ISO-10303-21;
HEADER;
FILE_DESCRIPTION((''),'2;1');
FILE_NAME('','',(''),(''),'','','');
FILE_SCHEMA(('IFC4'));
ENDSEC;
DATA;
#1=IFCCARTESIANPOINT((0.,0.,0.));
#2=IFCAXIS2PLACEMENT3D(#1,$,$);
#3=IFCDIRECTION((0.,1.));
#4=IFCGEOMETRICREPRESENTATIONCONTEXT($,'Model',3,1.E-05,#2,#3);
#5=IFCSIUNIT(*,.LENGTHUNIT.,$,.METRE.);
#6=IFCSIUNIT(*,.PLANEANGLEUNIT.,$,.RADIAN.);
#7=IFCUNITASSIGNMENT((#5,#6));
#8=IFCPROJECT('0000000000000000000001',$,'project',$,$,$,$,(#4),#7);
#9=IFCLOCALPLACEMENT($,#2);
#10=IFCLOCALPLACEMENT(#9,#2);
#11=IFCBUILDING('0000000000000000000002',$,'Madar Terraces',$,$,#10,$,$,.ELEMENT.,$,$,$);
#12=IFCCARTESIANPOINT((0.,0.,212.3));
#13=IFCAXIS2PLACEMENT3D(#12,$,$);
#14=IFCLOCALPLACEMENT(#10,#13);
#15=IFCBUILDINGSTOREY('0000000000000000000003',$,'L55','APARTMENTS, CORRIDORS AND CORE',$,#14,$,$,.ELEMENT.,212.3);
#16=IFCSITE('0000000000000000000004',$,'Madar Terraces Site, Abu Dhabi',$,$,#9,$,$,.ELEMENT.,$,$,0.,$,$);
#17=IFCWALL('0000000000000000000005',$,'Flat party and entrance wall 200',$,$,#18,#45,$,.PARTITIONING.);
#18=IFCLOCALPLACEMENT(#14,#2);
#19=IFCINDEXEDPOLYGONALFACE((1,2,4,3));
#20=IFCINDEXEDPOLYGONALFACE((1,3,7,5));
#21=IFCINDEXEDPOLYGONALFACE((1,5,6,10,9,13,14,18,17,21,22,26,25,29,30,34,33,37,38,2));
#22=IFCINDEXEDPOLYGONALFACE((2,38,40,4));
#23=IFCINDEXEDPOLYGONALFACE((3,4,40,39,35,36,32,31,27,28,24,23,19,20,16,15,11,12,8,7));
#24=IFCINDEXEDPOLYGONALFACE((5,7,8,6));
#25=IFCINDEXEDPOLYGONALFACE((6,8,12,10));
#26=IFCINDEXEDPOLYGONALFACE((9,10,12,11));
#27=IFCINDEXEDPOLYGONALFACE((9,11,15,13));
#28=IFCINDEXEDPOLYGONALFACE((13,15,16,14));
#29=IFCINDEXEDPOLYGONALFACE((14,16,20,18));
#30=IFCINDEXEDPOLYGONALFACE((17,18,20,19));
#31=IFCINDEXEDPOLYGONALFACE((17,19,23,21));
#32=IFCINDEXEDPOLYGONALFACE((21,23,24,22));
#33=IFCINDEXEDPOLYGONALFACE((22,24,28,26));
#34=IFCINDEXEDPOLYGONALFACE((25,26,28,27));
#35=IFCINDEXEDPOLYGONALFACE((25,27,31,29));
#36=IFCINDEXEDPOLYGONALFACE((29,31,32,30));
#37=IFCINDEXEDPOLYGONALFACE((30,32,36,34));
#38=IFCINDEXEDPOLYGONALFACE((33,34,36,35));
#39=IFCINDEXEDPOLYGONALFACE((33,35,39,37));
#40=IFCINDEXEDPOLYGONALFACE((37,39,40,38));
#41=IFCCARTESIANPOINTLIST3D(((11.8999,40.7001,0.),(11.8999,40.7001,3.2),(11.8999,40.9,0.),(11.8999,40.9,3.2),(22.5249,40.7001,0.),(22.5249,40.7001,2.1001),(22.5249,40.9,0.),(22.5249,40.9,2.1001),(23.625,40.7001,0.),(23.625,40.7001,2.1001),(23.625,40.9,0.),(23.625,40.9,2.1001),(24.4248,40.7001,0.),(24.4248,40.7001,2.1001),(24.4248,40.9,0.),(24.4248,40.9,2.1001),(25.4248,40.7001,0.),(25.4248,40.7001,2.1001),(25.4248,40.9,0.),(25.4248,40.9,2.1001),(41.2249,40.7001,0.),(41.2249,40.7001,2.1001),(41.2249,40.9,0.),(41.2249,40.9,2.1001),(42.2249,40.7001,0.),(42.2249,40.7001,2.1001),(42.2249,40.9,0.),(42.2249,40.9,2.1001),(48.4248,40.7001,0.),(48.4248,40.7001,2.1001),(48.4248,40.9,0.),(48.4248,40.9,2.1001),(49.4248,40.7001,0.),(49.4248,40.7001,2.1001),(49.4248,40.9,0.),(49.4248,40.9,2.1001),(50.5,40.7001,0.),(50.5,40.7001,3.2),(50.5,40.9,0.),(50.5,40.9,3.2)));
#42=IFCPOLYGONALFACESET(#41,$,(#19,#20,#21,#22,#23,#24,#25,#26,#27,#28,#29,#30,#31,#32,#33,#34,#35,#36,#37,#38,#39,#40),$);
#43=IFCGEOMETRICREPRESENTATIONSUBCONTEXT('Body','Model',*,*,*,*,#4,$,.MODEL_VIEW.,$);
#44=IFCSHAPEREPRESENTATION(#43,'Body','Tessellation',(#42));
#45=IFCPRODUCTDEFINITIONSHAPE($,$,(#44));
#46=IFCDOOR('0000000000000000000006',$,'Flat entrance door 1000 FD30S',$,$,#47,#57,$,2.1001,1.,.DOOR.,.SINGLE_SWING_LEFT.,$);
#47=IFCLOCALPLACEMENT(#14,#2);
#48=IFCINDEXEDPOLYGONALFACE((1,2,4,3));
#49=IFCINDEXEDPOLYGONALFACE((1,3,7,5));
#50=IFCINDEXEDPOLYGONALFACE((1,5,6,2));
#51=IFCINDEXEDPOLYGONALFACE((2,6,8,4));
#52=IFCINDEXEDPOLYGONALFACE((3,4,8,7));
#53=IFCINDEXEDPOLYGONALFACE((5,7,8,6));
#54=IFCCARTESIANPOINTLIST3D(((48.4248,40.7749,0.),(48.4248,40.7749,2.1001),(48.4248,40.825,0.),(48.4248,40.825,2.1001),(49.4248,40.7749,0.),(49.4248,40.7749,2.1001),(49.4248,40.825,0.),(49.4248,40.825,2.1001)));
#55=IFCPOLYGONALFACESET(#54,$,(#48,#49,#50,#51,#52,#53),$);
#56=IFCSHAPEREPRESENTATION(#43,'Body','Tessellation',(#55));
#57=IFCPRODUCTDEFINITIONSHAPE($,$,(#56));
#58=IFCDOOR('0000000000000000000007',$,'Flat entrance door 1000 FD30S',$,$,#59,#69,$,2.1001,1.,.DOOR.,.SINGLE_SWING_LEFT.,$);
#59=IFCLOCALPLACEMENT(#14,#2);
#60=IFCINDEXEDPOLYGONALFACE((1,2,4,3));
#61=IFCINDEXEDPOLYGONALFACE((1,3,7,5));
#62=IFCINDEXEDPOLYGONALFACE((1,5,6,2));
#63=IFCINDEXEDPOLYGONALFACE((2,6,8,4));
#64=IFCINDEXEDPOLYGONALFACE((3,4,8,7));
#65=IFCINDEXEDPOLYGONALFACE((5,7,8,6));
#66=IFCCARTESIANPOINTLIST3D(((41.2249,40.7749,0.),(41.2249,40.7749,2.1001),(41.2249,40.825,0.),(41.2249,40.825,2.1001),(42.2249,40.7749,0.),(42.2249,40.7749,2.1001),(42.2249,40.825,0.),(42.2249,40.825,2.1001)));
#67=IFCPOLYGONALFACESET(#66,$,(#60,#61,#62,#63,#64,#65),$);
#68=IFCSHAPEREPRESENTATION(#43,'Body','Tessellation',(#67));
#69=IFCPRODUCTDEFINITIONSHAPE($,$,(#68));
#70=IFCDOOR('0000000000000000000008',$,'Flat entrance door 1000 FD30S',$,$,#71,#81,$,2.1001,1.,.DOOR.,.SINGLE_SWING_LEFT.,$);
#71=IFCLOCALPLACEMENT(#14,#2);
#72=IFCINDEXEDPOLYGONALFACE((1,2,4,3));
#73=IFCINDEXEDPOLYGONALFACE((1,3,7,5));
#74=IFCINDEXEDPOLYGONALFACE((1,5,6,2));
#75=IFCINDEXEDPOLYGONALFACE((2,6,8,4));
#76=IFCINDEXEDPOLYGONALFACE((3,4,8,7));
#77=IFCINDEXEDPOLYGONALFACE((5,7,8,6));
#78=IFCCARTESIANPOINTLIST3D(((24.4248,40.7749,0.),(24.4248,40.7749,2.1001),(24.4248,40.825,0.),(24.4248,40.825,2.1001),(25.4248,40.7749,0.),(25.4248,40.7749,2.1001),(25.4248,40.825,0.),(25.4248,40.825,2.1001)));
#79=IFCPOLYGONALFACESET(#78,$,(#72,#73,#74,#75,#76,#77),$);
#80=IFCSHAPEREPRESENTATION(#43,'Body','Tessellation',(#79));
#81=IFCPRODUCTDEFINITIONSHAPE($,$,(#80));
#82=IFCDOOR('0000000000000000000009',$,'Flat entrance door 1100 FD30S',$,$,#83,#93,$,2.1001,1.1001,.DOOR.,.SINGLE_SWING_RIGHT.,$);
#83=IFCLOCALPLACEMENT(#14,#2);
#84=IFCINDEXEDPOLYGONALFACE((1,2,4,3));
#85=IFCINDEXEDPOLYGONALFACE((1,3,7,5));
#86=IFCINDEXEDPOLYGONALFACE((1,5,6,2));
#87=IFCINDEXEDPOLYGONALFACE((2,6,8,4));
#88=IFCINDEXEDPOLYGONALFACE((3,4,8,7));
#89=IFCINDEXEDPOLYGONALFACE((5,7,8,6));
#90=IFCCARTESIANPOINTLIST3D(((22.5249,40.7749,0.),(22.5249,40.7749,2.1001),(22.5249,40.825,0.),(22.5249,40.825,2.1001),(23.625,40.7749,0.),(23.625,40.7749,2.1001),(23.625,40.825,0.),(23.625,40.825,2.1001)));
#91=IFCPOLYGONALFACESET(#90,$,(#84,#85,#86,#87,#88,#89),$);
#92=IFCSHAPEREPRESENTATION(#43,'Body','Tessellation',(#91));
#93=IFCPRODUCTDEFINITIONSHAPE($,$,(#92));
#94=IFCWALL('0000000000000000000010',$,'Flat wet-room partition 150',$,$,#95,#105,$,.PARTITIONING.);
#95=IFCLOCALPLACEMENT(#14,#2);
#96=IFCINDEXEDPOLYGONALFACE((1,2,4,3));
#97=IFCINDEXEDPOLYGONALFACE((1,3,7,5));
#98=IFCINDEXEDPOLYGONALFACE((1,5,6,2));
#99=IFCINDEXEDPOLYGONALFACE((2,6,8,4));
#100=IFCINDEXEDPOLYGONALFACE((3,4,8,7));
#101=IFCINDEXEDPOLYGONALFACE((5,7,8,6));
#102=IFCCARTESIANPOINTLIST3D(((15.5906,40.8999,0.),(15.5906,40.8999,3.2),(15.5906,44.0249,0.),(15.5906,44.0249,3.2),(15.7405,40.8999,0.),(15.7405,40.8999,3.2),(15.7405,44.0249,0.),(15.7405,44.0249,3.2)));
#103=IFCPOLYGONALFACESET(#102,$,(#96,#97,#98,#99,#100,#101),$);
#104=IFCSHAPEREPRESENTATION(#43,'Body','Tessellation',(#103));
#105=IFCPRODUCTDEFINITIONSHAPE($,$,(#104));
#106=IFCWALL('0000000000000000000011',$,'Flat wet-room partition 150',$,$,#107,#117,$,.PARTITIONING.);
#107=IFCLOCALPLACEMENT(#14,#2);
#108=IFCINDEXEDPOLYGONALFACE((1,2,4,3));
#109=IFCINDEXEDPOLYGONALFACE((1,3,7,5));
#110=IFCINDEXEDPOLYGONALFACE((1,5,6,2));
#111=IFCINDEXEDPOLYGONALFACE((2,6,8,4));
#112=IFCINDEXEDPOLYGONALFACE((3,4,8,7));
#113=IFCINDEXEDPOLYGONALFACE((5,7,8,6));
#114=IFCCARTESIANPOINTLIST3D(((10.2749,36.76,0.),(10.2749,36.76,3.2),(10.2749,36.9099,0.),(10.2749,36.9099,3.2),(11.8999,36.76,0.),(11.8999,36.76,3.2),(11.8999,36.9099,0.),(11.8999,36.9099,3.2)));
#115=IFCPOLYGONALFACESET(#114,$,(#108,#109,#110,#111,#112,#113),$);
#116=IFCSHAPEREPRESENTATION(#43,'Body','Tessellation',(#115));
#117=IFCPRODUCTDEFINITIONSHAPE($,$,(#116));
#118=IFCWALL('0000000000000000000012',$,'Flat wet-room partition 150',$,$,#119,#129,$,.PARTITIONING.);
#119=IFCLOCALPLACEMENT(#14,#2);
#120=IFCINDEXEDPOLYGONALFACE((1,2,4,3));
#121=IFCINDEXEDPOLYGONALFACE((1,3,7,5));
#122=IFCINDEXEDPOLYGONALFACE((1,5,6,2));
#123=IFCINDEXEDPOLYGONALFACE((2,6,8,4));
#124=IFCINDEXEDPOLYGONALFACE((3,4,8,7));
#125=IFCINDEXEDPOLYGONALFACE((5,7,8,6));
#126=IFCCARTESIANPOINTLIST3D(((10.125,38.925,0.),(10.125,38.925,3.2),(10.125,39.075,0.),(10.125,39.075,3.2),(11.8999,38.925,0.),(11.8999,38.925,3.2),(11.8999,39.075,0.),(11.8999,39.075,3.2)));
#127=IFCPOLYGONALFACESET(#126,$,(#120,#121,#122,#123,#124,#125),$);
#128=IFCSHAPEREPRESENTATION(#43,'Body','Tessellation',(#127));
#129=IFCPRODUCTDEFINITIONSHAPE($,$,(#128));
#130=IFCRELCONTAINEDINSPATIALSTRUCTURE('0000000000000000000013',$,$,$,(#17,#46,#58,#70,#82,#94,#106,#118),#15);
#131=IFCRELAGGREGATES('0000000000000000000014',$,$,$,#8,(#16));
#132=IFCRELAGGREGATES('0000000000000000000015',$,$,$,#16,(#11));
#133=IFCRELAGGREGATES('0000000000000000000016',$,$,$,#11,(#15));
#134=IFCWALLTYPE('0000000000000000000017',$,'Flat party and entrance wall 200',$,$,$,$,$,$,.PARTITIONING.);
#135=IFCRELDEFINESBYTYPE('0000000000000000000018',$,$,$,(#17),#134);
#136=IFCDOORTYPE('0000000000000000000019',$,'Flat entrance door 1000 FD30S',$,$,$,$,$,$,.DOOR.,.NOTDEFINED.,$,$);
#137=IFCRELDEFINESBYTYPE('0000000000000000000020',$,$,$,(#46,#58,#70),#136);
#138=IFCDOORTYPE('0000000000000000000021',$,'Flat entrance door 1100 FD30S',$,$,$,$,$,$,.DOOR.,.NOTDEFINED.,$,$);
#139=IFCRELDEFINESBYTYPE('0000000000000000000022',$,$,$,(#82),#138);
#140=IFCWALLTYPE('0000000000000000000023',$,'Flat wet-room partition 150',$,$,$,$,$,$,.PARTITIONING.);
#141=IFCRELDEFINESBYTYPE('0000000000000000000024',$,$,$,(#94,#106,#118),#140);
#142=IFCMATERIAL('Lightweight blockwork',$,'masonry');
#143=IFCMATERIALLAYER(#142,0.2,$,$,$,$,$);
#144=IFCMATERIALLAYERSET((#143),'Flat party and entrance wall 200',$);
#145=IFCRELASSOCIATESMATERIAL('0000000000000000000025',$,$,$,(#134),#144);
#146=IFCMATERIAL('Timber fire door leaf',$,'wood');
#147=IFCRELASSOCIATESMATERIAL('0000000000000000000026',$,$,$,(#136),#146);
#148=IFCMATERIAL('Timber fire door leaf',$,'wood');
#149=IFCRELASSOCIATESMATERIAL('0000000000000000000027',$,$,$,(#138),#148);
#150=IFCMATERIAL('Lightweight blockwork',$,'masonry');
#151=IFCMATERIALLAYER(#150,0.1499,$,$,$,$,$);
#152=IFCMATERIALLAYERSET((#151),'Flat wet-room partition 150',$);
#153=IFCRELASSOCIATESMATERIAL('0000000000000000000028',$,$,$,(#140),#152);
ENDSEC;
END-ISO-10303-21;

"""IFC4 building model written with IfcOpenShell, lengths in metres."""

from ifc_helpers import new_model, si_unit, direction, frame, frame_2d, origin, place, context, subcontext, project, spatial, rectangle, extrude, material, layer, layer_set, type_object, element, fill, save


model = new_model("IFC4")

# Units and contexts
model_context = context("Model", 3, precision=1e-05, world=origin(), true_north=direction((0.0, 1.0)))
body_context = subcontext(model_context, "Body", "Model", "MODEL_VIEW")
ifc_project = project(units=[si_unit("LENGTHUNIT", "METRE"), si_unit("PLANEANGLEUNIT", "RADIAN")], contexts=[model_context])

# Site, building, storey
site_placement = place(None, origin())
site = spatial("IfcSite", under=ifc_project, at=site_placement, Name="Madar Terraces Site, Abu Dhabi", CompositionType="ELEMENT", RefElevation=0.0)
building_placement = place(site_placement, origin())
building = spatial("IfcBuilding", under=site, at=building_placement, Name="Madar Terraces", CompositionType="ELEMENT")
storey_placement = place(building_placement, frame((0.0, 0.0, 212.3)))
storey = spatial("IfcBuildingStorey", under=building, at=storey_placement, Name="L55", Description="APARTMENTS, CORRIDORS AND CORE", CompositionType="ELEMENT", Elevation=212.3)

# Wall, openings, doors
ifc_material_1 = material(Name="Lightweight blockwork", Category="masonry")
ifc_layer_1 = layer(ifc_material_1, 0.2)
ifc_layer_set_1 = layer_set([ifc_layer_1], Name="Flat party and entrance wall 200")
wall_type_1 = type_object("IfcWallType", Name="Flat party and entrance wall 200", PredefinedType="PARTITIONING", material=ifc_layer_set_1)
wall_1_placement = place(storey_placement, frame((11.8999, 40.8, 0.0), z_axis=(0.0, 0.0, 1.0), x_axis=(1.0, 0.0, 0.0)))
wall_1 = element("IfcWall", 1, at=wall_1_placement, inside=storey, type_object=wall_type_1, Name="Flat party and entrance wall 200", PredefinedType="PARTITIONING", context=body_context, shape_type="SweptSolid", body=[
    extrude(rectangle(XDim=38.6001, YDim=0.2, at=frame_2d((19.3, 0.0))), origin(), (0.0, 0.0, 1.0), 3.2),
])
opening_1_placement = place(wall_1_placement, frame((36.5249, 0.0, 0.0)))
opening_1 = element("IfcOpeningElement", 2, at=opening_1_placement, cuts=wall_1, PredefinedType="OPENING", context=body_context, shape_type="SweptSolid", body=[
    extrude(rectangle(XDim=1.0, YDim=2.1001, at=frame_2d((0.5, 1.05))), frame((0.0, 0.1099, 0.0), z_axis=(0.0, -1.0, 0.0), x_axis=(1.0, 0.0, 0.0)), (0.0, 0.0, 1.0), 0.22),
])
opening_2_placement = place(wall_1_placement, frame((29.325, 0.0, 0.0)))
opening_2 = element("IfcOpeningElement", 3, at=opening_2_placement, cuts=wall_1, PredefinedType="OPENING", context=body_context, shape_type="SweptSolid", body=[
    extrude(rectangle(XDim=1.0, YDim=2.1001, at=frame_2d((0.5, 1.05))), frame((0.0, 0.1099, 0.0), z_axis=(0.0, -1.0, 0.0), x_axis=(1.0, 0.0, 0.0)), (0.0, 0.0, 1.0), 0.22),
])
opening_3_placement = place(wall_1_placement, frame((12.5249, 0.0, 0.0)))
opening_3 = element("IfcOpeningElement", 4, at=opening_3_placement, cuts=wall_1, PredefinedType="OPENING", context=body_context, shape_type="SweptSolid", body=[
    extrude(rectangle(XDim=1.0, YDim=2.1001, at=frame_2d((0.5, 1.05))), frame((0.0, 0.1099, 0.0), z_axis=(0.0, -1.0, 0.0), x_axis=(1.0, 0.0, 0.0)), (0.0, 0.0, 1.0), 0.22),
])
opening_4_placement = place(wall_1_placement, frame((10.625, 0.0, 0.0)))
opening_4 = element("IfcOpeningElement", 5, at=opening_4_placement, cuts=wall_1, PredefinedType="OPENING", context=body_context, shape_type="SweptSolid", body=[
    extrude(rectangle(XDim=1.1001, YDim=2.1001, at=frame_2d((0.55, 1.05))), frame((0.0, 0.1099, 0.0), z_axis=(0.0, -1.0, 0.0), x_axis=(1.0, 0.0, 0.0)), (0.0, 0.0, 1.0), 0.22),
])
ifc_material_2 = material(Name="Timber fire door leaf", Category="wood")
door_type_1 = type_object("IfcDoorType", Name="Flat entrance door 1000 FD30S", OperationType="NOTDEFINED", PredefinedType="DOOR", material=ifc_material_2)
door_1_placement = place(opening_1_placement, origin())
door_1 = element("IfcDoor", 6, at=door_1_placement, inside=storey, type_object=door_type_1, Name="Flat entrance door 1000 FD30S", OperationType="SINGLE_SWING_LEFT", OverallHeight=2.1001, OverallWidth=1.0, PredefinedType="DOOR", context=body_context, shape_type="SweptSolid", body=[
    extrude(rectangle(XDim=1.0, YDim=2.1001, at=frame_2d((0.5, 1.05))), frame((0.0, 0.0249, 0.0), z_axis=(0.0, -1.0, 0.0), x_axis=(1.0, 0.0, 0.0)), (0.0, 0.0, 1.0), 0.05),
])
fill(opening_1, door_1)
door_2_placement = place(opening_2_placement, origin())
door_2 = element("IfcDoor", 7, at=door_2_placement, inside=storey, type_object=door_type_1, Name="Flat entrance door 1000 FD30S", OperationType="SINGLE_SWING_LEFT", OverallHeight=2.1001, OverallWidth=1.0, PredefinedType="DOOR", context=body_context, shape_type="SweptSolid", body=[
    extrude(rectangle(XDim=1.0, YDim=2.1001, at=frame_2d((0.5, 1.05))), frame((0.0, 0.0249, 0.0), z_axis=(0.0, -1.0, 0.0), x_axis=(1.0, 0.0, 0.0)), (0.0, 0.0, 1.0), 0.05),
])
fill(opening_2, door_2)
door_3_placement = place(opening_3_placement, origin())
door_3 = element("IfcDoor", 8, at=door_3_placement, inside=storey, type_object=door_type_1, Name="Flat entrance door 1000 FD30S", OperationType="SINGLE_SWING_LEFT", OverallHeight=2.1001, OverallWidth=1.0, PredefinedType="DOOR", context=body_context, shape_type="SweptSolid", body=[
    extrude(rectangle(XDim=1.0, YDim=2.1001, at=frame_2d((0.5, 1.05))), frame((0.0, 0.0249, 0.0), z_axis=(0.0, -1.0, 0.0), x_axis=(1.0, 0.0, 0.0)), (0.0, 0.0, 1.0), 0.05),
])
fill(opening_3, door_3)
ifc_material_3 = material(Name="Timber fire door leaf", Category="wood")
door_type_2 = type_object("IfcDoorType", Name="Flat entrance door 1100 FD30S", OperationType="NOTDEFINED", PredefinedType="DOOR", material=ifc_material_3)
door_4_placement = place(opening_4_placement, origin())
door_4 = element("IfcDoor", 9, at=door_4_placement, inside=storey, type_object=door_type_2, Name="Flat entrance door 1100 FD30S", OperationType="SINGLE_SWING_RIGHT", OverallHeight=2.1001, OverallWidth=1.1001, PredefinedType="DOOR", context=body_context, shape_type="SweptSolid", body=[
    extrude(rectangle(XDim=1.1001, YDim=2.1001, at=frame_2d((0.55, 1.05))), frame((0.0, 0.0249, 0.0), z_axis=(0.0, -1.0, 0.0), x_axis=(1.0, 0.0, 0.0)), (0.0, 0.0, 1.0), 0.05),
])
fill(opening_4, door_4)

# Walls
ifc_material_4 = material(Name="Lightweight blockwork", Category="masonry")
ifc_layer_2 = layer(ifc_material_4, 0.1499)
ifc_layer_set_2 = layer_set([ifc_layer_2], Name="Flat wet-room partition 150")
wall_type_2 = type_object("IfcWallType", Name="Flat wet-room partition 150", PredefinedType="PARTITIONING", material=ifc_layer_set_2)
wall_2_placement = place(storey_placement, frame((15.6655, 40.8999, 0.0), z_axis=(0.0, 0.0, 1.0), x_axis=(0.0, 1.0, 0.0)))
element("IfcWall", 10, at=wall_2_placement, inside=storey, type_object=wall_type_2, Name="Flat wet-room partition 150", PredefinedType="PARTITIONING", context=body_context, shape_type="SweptSolid", body=[
    extrude(rectangle(XDim=3.125, YDim=0.1499, at=frame_2d((1.5625, 0.0))), origin(), (0.0, 0.0, 1.0), 3.2),
])
wall_3_placement = place(storey_placement, frame((11.8999, 36.835, 0.0), z_axis=(0.0, 0.0, 1.0), x_axis=(-1.0, 0.0, 0.0)))
element("IfcWall", 11, at=wall_3_placement, inside=storey, type_object=wall_type_2, Name="Flat wet-room partition 150", PredefinedType="PARTITIONING", context=body_context, shape_type="SweptSolid", body=[
    extrude(rectangle(XDim=1.625, YDim=0.1499, at=frame_2d((0.8125, 0.0))), origin(), (0.0, 0.0, 1.0), 3.2),
])
wall_4_placement = place(storey_placement, frame((11.8999, 39.0, 0.0), z_axis=(0.0, 0.0, 1.0), x_axis=(-1.0, 0.0, 0.0)))
element("IfcWall", 12, at=wall_4_placement, inside=storey, type_object=wall_type_2, Name="Flat wet-room partition 150", PredefinedType="PARTITIONING", context=body_context, shape_type="SweptSolid", body=[
    extrude(rectangle(XDim=1.7749, YDim=0.1499, at=frame_2d((0.8875, 0.0))), origin(), (0.0, 0.0, 1.0), 3.2),
])

save(model, "model.ifc")
